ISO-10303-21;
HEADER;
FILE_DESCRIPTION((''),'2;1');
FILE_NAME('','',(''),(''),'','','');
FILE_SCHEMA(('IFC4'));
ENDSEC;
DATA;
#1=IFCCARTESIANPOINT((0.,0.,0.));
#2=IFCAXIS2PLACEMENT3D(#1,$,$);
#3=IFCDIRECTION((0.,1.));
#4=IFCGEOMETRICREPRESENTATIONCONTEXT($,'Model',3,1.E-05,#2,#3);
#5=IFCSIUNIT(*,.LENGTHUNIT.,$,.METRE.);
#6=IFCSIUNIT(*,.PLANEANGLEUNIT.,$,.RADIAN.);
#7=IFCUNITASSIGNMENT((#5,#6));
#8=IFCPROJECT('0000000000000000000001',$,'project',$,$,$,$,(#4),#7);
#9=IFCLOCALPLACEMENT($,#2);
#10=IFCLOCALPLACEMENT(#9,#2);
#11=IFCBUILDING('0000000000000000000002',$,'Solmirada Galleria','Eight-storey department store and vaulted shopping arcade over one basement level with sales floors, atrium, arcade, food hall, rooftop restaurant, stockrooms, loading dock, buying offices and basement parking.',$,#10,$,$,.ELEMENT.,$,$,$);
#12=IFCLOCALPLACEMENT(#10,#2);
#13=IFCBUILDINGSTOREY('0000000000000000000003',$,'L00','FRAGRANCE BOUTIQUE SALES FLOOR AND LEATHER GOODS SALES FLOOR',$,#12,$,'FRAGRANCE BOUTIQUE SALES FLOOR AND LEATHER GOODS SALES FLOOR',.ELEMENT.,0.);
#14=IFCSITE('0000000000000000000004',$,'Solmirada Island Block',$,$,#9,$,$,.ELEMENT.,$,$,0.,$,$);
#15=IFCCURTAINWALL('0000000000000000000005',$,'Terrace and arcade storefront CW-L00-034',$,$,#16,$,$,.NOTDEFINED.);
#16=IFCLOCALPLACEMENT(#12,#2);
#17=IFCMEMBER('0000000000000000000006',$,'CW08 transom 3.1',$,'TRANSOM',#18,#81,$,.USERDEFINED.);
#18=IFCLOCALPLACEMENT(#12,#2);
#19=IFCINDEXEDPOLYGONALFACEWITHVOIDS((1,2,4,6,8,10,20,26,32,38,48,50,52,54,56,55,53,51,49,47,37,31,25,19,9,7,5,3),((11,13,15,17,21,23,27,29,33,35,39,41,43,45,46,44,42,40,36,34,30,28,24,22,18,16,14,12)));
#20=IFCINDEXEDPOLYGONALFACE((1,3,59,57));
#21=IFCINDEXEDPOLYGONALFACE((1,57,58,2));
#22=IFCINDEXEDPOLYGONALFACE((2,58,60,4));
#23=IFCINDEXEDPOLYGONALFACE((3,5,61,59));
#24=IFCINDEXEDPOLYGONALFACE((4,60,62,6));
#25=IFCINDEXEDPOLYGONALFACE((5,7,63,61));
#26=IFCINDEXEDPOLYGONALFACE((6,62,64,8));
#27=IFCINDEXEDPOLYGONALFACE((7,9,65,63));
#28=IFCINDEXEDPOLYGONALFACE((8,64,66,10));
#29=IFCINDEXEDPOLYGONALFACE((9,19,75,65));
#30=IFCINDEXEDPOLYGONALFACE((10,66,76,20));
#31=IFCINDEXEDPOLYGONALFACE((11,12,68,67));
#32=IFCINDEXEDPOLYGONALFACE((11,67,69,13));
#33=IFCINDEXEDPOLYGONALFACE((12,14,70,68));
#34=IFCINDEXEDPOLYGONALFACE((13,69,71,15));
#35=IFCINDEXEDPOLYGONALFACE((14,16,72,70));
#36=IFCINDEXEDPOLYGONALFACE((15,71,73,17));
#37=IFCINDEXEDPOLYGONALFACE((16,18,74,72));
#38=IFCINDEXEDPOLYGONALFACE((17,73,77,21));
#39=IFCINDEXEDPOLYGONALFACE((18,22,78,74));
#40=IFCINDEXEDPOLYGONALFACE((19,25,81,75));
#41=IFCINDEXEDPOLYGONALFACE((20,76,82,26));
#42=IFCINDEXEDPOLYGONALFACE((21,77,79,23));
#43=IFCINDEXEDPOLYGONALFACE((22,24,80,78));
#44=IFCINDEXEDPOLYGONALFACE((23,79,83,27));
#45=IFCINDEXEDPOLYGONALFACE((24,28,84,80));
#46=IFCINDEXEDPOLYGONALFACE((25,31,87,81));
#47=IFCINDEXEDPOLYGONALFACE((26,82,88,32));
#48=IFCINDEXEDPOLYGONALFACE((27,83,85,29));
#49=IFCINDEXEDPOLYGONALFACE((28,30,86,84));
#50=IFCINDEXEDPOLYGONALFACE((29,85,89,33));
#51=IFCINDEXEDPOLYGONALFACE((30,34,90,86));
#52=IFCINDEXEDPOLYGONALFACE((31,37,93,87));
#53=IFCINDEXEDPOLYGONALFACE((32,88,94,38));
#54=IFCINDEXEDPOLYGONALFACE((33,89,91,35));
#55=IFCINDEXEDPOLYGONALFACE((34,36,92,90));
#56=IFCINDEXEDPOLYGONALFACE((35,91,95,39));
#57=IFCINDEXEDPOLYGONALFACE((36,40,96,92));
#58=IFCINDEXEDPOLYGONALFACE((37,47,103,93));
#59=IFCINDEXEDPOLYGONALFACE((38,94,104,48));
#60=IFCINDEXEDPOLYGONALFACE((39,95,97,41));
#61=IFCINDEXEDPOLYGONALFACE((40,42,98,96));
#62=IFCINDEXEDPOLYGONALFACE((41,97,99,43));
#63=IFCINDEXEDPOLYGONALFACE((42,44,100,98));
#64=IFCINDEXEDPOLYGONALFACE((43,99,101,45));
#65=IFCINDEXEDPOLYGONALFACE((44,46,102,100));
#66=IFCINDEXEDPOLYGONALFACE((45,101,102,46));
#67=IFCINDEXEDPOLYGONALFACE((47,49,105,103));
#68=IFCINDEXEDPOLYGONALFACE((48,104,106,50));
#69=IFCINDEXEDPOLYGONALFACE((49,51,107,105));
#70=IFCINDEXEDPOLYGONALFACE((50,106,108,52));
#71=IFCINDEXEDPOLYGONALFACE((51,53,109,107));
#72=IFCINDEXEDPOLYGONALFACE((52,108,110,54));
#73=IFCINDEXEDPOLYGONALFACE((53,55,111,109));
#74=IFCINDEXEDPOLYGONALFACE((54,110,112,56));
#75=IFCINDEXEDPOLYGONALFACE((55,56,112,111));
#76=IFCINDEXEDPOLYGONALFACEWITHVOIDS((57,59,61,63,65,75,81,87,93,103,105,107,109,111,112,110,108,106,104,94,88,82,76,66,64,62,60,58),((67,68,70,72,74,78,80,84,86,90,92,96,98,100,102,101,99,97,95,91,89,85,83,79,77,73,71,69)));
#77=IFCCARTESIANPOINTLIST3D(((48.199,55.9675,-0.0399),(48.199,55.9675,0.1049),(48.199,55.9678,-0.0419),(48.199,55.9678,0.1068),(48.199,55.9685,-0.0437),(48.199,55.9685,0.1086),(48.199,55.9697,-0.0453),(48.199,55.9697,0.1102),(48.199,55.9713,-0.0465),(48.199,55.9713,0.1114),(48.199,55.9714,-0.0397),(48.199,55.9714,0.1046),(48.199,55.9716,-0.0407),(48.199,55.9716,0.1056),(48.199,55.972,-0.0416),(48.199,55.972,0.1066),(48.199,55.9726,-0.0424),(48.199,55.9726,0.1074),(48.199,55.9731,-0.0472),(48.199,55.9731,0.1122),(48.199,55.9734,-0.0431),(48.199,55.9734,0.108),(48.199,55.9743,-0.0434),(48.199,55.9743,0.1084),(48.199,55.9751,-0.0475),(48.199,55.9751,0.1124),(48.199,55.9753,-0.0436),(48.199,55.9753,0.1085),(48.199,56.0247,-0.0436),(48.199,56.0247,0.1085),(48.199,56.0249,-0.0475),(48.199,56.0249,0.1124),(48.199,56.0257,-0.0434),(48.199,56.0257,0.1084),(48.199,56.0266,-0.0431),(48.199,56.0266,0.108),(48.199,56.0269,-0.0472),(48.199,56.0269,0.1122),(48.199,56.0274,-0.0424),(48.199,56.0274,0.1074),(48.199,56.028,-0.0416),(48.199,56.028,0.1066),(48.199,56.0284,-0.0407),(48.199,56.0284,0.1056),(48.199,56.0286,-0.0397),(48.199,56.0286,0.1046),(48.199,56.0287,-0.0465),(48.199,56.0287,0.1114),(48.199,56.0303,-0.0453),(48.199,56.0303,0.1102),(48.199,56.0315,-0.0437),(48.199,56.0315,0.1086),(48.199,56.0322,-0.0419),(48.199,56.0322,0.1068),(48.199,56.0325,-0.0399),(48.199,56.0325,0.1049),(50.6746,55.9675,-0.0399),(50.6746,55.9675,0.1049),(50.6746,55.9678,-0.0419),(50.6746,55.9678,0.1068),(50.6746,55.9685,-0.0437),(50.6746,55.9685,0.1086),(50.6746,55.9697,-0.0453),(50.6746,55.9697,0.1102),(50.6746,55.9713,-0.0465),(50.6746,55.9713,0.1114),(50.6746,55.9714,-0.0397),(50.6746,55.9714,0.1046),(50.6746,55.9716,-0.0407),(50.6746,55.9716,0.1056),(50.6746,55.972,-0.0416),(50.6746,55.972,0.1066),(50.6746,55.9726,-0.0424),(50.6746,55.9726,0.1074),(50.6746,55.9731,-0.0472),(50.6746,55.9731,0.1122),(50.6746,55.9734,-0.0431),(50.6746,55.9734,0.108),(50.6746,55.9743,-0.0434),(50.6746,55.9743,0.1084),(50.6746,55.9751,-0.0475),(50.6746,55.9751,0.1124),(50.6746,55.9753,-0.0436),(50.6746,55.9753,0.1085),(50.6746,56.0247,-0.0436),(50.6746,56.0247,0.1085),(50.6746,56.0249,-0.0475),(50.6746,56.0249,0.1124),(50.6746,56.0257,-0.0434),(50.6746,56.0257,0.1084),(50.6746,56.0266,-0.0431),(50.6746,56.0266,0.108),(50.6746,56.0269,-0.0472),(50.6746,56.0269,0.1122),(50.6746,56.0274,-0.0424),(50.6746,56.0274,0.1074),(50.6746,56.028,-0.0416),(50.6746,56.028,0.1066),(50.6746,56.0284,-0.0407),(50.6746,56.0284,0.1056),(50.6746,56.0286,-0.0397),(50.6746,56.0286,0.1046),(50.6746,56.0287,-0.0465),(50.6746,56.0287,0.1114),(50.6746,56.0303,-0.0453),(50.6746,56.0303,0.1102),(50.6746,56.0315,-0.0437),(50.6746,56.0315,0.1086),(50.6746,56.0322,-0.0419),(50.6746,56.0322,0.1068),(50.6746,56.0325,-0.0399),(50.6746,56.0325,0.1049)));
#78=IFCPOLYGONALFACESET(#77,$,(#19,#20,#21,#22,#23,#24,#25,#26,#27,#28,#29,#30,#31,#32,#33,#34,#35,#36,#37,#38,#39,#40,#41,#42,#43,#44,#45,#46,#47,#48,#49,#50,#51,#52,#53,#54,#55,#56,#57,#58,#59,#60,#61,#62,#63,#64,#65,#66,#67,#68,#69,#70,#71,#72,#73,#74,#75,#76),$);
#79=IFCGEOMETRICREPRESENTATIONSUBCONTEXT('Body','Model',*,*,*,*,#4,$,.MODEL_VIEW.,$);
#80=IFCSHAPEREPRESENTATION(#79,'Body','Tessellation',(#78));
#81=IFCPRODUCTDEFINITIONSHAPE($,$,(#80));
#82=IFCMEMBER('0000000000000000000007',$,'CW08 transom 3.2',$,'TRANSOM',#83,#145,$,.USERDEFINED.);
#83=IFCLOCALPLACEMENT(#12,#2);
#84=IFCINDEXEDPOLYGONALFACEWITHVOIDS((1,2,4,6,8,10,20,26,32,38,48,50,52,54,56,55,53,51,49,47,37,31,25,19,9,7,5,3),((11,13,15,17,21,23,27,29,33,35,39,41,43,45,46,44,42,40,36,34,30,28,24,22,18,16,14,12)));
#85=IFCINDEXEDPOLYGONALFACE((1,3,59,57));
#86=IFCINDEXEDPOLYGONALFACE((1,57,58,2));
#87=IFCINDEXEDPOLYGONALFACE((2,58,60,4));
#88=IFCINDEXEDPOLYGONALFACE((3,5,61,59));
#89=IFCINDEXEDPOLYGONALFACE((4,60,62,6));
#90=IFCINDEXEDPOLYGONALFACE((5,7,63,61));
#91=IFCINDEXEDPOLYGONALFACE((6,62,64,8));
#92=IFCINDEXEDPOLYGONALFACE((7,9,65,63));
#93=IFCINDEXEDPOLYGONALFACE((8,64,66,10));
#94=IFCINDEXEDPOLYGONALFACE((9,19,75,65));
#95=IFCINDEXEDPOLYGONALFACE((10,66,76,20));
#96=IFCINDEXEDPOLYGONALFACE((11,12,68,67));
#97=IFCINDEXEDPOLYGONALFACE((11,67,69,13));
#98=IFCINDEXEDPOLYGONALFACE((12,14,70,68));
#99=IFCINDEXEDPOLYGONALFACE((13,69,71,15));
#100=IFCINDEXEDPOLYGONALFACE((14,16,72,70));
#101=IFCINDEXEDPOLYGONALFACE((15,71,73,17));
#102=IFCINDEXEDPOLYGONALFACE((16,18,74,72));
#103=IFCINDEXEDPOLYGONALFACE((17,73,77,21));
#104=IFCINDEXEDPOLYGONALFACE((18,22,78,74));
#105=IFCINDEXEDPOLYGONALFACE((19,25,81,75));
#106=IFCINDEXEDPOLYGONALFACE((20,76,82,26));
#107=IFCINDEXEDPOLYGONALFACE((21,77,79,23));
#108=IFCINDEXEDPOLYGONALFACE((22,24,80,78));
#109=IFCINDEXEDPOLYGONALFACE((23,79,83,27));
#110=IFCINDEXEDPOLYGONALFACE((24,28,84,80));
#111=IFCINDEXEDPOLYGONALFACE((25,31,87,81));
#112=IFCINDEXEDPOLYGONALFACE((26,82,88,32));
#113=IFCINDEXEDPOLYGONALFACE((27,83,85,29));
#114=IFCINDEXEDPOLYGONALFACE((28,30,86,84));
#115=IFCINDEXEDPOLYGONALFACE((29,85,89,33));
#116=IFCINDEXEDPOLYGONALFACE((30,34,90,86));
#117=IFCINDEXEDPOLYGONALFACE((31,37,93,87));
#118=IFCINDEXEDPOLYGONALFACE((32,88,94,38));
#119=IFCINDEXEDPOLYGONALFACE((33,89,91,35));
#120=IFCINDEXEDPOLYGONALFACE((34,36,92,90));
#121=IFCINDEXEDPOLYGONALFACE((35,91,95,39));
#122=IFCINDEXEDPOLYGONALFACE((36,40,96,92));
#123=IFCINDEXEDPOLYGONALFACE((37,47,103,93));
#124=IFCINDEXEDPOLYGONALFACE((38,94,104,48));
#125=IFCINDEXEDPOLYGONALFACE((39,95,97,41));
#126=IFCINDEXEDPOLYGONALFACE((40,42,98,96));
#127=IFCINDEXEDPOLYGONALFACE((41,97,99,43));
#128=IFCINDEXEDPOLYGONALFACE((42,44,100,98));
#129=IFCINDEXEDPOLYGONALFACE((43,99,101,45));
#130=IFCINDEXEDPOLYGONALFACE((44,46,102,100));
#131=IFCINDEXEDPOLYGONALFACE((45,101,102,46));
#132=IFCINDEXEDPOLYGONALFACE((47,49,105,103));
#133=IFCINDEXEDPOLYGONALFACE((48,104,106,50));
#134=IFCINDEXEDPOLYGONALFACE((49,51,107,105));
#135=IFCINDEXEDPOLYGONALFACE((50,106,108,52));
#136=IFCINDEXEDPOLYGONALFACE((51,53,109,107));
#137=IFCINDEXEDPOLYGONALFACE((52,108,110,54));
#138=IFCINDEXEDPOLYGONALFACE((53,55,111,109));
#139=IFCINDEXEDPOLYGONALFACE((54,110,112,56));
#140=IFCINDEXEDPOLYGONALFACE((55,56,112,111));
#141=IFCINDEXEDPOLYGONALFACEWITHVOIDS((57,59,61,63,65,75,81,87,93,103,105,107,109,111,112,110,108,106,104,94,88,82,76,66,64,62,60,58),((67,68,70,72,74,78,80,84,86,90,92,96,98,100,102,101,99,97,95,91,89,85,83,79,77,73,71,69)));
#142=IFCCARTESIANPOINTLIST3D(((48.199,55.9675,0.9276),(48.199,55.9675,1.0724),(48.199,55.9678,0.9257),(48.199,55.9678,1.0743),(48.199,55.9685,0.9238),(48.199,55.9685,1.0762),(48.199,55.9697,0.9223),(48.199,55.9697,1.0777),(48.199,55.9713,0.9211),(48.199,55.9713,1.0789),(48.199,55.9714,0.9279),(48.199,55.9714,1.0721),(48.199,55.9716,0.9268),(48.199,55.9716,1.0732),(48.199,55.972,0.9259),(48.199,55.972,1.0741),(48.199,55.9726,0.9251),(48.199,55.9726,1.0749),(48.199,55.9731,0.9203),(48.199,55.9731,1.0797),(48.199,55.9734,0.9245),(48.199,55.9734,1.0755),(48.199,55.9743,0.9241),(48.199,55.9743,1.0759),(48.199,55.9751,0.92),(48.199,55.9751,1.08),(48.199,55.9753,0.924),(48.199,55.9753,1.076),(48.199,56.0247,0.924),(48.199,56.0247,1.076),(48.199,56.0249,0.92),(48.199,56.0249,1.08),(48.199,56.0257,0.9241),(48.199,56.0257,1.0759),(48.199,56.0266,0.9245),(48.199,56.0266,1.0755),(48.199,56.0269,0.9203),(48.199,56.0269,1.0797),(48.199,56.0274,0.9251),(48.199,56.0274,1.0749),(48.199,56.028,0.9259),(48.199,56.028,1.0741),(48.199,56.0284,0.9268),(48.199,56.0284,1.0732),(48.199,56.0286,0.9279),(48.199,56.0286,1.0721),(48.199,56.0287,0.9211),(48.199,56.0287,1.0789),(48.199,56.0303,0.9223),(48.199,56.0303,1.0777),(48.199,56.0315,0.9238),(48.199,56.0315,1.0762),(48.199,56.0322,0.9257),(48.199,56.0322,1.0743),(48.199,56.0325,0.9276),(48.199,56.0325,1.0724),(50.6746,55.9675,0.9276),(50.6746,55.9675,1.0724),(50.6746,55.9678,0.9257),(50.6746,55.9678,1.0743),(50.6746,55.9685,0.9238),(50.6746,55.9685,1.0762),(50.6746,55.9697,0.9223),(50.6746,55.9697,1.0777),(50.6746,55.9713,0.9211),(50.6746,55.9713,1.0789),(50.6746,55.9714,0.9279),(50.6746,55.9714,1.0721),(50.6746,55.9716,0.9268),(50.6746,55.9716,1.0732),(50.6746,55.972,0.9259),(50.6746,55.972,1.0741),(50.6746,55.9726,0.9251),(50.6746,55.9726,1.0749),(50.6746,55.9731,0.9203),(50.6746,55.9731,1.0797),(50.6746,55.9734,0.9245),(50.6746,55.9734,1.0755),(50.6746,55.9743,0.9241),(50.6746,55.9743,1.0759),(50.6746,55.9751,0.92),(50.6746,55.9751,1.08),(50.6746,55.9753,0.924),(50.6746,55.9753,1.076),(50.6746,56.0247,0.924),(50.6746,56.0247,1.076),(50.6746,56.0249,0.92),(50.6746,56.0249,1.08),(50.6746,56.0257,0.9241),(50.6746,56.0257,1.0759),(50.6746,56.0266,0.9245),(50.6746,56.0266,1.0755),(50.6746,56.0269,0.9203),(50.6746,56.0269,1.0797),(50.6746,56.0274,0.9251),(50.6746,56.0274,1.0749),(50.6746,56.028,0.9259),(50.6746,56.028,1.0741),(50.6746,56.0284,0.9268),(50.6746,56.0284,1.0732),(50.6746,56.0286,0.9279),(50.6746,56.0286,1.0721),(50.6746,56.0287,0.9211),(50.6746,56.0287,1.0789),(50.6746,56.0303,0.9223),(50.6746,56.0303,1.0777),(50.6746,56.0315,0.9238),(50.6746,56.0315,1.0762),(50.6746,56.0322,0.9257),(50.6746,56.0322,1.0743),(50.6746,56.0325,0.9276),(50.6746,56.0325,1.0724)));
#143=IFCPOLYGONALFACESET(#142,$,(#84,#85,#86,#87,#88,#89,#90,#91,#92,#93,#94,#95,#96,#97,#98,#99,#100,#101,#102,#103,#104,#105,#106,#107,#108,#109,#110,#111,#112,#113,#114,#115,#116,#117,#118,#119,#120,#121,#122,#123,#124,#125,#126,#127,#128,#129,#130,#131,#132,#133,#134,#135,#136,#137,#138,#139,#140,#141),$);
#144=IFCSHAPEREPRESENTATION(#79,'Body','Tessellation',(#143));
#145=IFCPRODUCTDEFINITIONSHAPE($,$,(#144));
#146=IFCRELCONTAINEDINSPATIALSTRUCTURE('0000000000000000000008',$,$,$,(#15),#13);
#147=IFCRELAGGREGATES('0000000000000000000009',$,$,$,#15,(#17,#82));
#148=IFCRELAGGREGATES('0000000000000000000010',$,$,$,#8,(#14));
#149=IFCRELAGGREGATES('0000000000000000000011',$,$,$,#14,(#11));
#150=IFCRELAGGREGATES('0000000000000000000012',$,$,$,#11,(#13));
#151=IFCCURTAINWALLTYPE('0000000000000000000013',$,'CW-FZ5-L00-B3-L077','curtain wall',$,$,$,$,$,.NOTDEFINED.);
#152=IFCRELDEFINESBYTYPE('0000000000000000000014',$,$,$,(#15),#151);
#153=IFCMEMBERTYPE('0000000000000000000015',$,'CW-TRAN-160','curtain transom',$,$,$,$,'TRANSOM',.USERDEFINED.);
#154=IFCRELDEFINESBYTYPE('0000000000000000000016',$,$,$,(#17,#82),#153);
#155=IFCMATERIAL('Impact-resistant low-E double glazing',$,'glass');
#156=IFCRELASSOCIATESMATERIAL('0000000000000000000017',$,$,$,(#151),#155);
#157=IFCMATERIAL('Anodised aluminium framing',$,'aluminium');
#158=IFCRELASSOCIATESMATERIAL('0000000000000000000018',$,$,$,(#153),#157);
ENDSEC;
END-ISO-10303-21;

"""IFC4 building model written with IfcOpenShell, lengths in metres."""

from ifc_helpers import new_model, si_unit, direction, frame, origin, origin_2d, place, context, subcontext, project, spatial, hollow_rectangle, extrude, material, material_profile, profile_set, type_object, element, aggregate, save


model = new_model("IFC4")

# Units and contexts
model_context = context("Model", 3, precision=1e-05, world=origin(), true_north=direction((0.0, 1.0)))
body_context = subcontext(model_context, "Body", "Model", "MODEL_VIEW")
ifc_project = project(units=[si_unit("LENGTHUNIT", "METRE"), si_unit("PLANEANGLEUNIT", "RADIAN")], contexts=[model_context])

# Site, building, storey
site_placement = place(None, origin())
site = spatial("IfcSite", under=ifc_project, at=site_placement, Name="Solmirada Island Block", CompositionType="ELEMENT", RefElevation=0.0)
building_placement = place(site_placement, origin())
building = spatial("IfcBuilding", under=site, at=building_placement, Name="Solmirada Galleria", Description="Eight-storey department store and vaulted shopping arcade over one basement level with sales floors, atrium, arcade, food hall, rooftop restaurant, stockrooms, loading dock, buying offices and basement parking.", CompositionType="ELEMENT")
storey_placement = place(building_placement, origin())
storey = spatial("IfcBuildingStorey", under=building, at=storey_placement, Name="L00", Description="FRAGRANCE BOUTIQUE SALES FLOOR AND LEATHER GOODS SALES FLOOR", LongName="FRAGRANCE BOUTIQUE SALES FLOOR AND LEATHER GOODS SALES FLOOR", CompositionType="ELEMENT", Elevation=0.0)

# Curtain wall, members
ifc_material_1 = material(Name="Impact-resistant low-E double glazing", Category="glass")
curtain_wall_type = type_object("IfcCurtainWallType", Name="CW-FZ5-L00-B3-L077", Description="curtain wall", PredefinedType="NOTDEFINED", material=ifc_material_1)
curtain_wall_placement = place(storey_placement, origin())
curtain_wall = element("IfcCurtainWall", 1, at=curtain_wall_placement, inside=storey, type_object=curtain_wall_type, Name="Terrace and arcade storefront CW-L00-034", PredefinedType="NOTDEFINED")
ifc_material_2 = material(Name="Anodised aluminium framing", Category="aluminium")
ifc_material_profile_1 = material_profile(ifc_material_2, hollow_rectangle(XDim=0.0649, YDim=0.1599, WallThickness=0.0039, InnerFilletRadius=0.0039, OuterFilletRadius=0.0076, at=origin_2d()), Name="ALU-TRAN-160X65")
ifc_profile_set_1 = profile_set([ifc_material_profile_1], Name="Anodised aluminium framing")
member_type_1 = type_object("IfcMemberType", Name="CW-TRAN-160", Description="curtain transom", ElementType="TRANSOM", PredefinedType="USERDEFINED", material=ifc_profile_set_1)
member_1_placement = place(storey_placement, frame((50.6746, 56.0, 0.0325), z_axis=(-1.0, 0.0, 0.0), x_axis=(0.0, -1.0, 0.0)))
member_1 = element("IfcMember", 2, at=member_1_placement, type_object=member_type_1, Name="CW08 transom 3.1", ObjectType="TRANSOM", PredefinedType="USERDEFINED", context=body_context, shape_type="SweptSolid", body=[
    extrude(hollow_rectangle(XDim=0.0649, YDim=0.1599, WallThickness=0.0039, InnerFilletRadius=0.0039, OuterFilletRadius=0.0076, at=origin_2d()), origin(), (0.0, 0.0, 1.0), 2.4756),
])
member_2_placement = place(storey_placement, frame((50.6746, 56.0, 1.0), z_axis=(-1.0, 0.0, 0.0), x_axis=(0.0, -1.0, 0.0)))
member_2 = element("IfcMember", 3, at=member_2_placement, type_object=member_type_1, Name="CW08 transom 3.2", ObjectType="TRANSOM", PredefinedType="USERDEFINED", context=body_context, shape_type="SweptSolid", body=[
    extrude(hollow_rectangle(XDim=0.0649, YDim=0.1599, WallThickness=0.0039, InnerFilletRadius=0.0039, OuterFilletRadius=0.0076, at=origin_2d()), origin(), (0.0, 0.0, 1.0), 2.4756),
])
aggregate(curtain_wall, [member_1, member_2])

save(model, "model.ifc")
